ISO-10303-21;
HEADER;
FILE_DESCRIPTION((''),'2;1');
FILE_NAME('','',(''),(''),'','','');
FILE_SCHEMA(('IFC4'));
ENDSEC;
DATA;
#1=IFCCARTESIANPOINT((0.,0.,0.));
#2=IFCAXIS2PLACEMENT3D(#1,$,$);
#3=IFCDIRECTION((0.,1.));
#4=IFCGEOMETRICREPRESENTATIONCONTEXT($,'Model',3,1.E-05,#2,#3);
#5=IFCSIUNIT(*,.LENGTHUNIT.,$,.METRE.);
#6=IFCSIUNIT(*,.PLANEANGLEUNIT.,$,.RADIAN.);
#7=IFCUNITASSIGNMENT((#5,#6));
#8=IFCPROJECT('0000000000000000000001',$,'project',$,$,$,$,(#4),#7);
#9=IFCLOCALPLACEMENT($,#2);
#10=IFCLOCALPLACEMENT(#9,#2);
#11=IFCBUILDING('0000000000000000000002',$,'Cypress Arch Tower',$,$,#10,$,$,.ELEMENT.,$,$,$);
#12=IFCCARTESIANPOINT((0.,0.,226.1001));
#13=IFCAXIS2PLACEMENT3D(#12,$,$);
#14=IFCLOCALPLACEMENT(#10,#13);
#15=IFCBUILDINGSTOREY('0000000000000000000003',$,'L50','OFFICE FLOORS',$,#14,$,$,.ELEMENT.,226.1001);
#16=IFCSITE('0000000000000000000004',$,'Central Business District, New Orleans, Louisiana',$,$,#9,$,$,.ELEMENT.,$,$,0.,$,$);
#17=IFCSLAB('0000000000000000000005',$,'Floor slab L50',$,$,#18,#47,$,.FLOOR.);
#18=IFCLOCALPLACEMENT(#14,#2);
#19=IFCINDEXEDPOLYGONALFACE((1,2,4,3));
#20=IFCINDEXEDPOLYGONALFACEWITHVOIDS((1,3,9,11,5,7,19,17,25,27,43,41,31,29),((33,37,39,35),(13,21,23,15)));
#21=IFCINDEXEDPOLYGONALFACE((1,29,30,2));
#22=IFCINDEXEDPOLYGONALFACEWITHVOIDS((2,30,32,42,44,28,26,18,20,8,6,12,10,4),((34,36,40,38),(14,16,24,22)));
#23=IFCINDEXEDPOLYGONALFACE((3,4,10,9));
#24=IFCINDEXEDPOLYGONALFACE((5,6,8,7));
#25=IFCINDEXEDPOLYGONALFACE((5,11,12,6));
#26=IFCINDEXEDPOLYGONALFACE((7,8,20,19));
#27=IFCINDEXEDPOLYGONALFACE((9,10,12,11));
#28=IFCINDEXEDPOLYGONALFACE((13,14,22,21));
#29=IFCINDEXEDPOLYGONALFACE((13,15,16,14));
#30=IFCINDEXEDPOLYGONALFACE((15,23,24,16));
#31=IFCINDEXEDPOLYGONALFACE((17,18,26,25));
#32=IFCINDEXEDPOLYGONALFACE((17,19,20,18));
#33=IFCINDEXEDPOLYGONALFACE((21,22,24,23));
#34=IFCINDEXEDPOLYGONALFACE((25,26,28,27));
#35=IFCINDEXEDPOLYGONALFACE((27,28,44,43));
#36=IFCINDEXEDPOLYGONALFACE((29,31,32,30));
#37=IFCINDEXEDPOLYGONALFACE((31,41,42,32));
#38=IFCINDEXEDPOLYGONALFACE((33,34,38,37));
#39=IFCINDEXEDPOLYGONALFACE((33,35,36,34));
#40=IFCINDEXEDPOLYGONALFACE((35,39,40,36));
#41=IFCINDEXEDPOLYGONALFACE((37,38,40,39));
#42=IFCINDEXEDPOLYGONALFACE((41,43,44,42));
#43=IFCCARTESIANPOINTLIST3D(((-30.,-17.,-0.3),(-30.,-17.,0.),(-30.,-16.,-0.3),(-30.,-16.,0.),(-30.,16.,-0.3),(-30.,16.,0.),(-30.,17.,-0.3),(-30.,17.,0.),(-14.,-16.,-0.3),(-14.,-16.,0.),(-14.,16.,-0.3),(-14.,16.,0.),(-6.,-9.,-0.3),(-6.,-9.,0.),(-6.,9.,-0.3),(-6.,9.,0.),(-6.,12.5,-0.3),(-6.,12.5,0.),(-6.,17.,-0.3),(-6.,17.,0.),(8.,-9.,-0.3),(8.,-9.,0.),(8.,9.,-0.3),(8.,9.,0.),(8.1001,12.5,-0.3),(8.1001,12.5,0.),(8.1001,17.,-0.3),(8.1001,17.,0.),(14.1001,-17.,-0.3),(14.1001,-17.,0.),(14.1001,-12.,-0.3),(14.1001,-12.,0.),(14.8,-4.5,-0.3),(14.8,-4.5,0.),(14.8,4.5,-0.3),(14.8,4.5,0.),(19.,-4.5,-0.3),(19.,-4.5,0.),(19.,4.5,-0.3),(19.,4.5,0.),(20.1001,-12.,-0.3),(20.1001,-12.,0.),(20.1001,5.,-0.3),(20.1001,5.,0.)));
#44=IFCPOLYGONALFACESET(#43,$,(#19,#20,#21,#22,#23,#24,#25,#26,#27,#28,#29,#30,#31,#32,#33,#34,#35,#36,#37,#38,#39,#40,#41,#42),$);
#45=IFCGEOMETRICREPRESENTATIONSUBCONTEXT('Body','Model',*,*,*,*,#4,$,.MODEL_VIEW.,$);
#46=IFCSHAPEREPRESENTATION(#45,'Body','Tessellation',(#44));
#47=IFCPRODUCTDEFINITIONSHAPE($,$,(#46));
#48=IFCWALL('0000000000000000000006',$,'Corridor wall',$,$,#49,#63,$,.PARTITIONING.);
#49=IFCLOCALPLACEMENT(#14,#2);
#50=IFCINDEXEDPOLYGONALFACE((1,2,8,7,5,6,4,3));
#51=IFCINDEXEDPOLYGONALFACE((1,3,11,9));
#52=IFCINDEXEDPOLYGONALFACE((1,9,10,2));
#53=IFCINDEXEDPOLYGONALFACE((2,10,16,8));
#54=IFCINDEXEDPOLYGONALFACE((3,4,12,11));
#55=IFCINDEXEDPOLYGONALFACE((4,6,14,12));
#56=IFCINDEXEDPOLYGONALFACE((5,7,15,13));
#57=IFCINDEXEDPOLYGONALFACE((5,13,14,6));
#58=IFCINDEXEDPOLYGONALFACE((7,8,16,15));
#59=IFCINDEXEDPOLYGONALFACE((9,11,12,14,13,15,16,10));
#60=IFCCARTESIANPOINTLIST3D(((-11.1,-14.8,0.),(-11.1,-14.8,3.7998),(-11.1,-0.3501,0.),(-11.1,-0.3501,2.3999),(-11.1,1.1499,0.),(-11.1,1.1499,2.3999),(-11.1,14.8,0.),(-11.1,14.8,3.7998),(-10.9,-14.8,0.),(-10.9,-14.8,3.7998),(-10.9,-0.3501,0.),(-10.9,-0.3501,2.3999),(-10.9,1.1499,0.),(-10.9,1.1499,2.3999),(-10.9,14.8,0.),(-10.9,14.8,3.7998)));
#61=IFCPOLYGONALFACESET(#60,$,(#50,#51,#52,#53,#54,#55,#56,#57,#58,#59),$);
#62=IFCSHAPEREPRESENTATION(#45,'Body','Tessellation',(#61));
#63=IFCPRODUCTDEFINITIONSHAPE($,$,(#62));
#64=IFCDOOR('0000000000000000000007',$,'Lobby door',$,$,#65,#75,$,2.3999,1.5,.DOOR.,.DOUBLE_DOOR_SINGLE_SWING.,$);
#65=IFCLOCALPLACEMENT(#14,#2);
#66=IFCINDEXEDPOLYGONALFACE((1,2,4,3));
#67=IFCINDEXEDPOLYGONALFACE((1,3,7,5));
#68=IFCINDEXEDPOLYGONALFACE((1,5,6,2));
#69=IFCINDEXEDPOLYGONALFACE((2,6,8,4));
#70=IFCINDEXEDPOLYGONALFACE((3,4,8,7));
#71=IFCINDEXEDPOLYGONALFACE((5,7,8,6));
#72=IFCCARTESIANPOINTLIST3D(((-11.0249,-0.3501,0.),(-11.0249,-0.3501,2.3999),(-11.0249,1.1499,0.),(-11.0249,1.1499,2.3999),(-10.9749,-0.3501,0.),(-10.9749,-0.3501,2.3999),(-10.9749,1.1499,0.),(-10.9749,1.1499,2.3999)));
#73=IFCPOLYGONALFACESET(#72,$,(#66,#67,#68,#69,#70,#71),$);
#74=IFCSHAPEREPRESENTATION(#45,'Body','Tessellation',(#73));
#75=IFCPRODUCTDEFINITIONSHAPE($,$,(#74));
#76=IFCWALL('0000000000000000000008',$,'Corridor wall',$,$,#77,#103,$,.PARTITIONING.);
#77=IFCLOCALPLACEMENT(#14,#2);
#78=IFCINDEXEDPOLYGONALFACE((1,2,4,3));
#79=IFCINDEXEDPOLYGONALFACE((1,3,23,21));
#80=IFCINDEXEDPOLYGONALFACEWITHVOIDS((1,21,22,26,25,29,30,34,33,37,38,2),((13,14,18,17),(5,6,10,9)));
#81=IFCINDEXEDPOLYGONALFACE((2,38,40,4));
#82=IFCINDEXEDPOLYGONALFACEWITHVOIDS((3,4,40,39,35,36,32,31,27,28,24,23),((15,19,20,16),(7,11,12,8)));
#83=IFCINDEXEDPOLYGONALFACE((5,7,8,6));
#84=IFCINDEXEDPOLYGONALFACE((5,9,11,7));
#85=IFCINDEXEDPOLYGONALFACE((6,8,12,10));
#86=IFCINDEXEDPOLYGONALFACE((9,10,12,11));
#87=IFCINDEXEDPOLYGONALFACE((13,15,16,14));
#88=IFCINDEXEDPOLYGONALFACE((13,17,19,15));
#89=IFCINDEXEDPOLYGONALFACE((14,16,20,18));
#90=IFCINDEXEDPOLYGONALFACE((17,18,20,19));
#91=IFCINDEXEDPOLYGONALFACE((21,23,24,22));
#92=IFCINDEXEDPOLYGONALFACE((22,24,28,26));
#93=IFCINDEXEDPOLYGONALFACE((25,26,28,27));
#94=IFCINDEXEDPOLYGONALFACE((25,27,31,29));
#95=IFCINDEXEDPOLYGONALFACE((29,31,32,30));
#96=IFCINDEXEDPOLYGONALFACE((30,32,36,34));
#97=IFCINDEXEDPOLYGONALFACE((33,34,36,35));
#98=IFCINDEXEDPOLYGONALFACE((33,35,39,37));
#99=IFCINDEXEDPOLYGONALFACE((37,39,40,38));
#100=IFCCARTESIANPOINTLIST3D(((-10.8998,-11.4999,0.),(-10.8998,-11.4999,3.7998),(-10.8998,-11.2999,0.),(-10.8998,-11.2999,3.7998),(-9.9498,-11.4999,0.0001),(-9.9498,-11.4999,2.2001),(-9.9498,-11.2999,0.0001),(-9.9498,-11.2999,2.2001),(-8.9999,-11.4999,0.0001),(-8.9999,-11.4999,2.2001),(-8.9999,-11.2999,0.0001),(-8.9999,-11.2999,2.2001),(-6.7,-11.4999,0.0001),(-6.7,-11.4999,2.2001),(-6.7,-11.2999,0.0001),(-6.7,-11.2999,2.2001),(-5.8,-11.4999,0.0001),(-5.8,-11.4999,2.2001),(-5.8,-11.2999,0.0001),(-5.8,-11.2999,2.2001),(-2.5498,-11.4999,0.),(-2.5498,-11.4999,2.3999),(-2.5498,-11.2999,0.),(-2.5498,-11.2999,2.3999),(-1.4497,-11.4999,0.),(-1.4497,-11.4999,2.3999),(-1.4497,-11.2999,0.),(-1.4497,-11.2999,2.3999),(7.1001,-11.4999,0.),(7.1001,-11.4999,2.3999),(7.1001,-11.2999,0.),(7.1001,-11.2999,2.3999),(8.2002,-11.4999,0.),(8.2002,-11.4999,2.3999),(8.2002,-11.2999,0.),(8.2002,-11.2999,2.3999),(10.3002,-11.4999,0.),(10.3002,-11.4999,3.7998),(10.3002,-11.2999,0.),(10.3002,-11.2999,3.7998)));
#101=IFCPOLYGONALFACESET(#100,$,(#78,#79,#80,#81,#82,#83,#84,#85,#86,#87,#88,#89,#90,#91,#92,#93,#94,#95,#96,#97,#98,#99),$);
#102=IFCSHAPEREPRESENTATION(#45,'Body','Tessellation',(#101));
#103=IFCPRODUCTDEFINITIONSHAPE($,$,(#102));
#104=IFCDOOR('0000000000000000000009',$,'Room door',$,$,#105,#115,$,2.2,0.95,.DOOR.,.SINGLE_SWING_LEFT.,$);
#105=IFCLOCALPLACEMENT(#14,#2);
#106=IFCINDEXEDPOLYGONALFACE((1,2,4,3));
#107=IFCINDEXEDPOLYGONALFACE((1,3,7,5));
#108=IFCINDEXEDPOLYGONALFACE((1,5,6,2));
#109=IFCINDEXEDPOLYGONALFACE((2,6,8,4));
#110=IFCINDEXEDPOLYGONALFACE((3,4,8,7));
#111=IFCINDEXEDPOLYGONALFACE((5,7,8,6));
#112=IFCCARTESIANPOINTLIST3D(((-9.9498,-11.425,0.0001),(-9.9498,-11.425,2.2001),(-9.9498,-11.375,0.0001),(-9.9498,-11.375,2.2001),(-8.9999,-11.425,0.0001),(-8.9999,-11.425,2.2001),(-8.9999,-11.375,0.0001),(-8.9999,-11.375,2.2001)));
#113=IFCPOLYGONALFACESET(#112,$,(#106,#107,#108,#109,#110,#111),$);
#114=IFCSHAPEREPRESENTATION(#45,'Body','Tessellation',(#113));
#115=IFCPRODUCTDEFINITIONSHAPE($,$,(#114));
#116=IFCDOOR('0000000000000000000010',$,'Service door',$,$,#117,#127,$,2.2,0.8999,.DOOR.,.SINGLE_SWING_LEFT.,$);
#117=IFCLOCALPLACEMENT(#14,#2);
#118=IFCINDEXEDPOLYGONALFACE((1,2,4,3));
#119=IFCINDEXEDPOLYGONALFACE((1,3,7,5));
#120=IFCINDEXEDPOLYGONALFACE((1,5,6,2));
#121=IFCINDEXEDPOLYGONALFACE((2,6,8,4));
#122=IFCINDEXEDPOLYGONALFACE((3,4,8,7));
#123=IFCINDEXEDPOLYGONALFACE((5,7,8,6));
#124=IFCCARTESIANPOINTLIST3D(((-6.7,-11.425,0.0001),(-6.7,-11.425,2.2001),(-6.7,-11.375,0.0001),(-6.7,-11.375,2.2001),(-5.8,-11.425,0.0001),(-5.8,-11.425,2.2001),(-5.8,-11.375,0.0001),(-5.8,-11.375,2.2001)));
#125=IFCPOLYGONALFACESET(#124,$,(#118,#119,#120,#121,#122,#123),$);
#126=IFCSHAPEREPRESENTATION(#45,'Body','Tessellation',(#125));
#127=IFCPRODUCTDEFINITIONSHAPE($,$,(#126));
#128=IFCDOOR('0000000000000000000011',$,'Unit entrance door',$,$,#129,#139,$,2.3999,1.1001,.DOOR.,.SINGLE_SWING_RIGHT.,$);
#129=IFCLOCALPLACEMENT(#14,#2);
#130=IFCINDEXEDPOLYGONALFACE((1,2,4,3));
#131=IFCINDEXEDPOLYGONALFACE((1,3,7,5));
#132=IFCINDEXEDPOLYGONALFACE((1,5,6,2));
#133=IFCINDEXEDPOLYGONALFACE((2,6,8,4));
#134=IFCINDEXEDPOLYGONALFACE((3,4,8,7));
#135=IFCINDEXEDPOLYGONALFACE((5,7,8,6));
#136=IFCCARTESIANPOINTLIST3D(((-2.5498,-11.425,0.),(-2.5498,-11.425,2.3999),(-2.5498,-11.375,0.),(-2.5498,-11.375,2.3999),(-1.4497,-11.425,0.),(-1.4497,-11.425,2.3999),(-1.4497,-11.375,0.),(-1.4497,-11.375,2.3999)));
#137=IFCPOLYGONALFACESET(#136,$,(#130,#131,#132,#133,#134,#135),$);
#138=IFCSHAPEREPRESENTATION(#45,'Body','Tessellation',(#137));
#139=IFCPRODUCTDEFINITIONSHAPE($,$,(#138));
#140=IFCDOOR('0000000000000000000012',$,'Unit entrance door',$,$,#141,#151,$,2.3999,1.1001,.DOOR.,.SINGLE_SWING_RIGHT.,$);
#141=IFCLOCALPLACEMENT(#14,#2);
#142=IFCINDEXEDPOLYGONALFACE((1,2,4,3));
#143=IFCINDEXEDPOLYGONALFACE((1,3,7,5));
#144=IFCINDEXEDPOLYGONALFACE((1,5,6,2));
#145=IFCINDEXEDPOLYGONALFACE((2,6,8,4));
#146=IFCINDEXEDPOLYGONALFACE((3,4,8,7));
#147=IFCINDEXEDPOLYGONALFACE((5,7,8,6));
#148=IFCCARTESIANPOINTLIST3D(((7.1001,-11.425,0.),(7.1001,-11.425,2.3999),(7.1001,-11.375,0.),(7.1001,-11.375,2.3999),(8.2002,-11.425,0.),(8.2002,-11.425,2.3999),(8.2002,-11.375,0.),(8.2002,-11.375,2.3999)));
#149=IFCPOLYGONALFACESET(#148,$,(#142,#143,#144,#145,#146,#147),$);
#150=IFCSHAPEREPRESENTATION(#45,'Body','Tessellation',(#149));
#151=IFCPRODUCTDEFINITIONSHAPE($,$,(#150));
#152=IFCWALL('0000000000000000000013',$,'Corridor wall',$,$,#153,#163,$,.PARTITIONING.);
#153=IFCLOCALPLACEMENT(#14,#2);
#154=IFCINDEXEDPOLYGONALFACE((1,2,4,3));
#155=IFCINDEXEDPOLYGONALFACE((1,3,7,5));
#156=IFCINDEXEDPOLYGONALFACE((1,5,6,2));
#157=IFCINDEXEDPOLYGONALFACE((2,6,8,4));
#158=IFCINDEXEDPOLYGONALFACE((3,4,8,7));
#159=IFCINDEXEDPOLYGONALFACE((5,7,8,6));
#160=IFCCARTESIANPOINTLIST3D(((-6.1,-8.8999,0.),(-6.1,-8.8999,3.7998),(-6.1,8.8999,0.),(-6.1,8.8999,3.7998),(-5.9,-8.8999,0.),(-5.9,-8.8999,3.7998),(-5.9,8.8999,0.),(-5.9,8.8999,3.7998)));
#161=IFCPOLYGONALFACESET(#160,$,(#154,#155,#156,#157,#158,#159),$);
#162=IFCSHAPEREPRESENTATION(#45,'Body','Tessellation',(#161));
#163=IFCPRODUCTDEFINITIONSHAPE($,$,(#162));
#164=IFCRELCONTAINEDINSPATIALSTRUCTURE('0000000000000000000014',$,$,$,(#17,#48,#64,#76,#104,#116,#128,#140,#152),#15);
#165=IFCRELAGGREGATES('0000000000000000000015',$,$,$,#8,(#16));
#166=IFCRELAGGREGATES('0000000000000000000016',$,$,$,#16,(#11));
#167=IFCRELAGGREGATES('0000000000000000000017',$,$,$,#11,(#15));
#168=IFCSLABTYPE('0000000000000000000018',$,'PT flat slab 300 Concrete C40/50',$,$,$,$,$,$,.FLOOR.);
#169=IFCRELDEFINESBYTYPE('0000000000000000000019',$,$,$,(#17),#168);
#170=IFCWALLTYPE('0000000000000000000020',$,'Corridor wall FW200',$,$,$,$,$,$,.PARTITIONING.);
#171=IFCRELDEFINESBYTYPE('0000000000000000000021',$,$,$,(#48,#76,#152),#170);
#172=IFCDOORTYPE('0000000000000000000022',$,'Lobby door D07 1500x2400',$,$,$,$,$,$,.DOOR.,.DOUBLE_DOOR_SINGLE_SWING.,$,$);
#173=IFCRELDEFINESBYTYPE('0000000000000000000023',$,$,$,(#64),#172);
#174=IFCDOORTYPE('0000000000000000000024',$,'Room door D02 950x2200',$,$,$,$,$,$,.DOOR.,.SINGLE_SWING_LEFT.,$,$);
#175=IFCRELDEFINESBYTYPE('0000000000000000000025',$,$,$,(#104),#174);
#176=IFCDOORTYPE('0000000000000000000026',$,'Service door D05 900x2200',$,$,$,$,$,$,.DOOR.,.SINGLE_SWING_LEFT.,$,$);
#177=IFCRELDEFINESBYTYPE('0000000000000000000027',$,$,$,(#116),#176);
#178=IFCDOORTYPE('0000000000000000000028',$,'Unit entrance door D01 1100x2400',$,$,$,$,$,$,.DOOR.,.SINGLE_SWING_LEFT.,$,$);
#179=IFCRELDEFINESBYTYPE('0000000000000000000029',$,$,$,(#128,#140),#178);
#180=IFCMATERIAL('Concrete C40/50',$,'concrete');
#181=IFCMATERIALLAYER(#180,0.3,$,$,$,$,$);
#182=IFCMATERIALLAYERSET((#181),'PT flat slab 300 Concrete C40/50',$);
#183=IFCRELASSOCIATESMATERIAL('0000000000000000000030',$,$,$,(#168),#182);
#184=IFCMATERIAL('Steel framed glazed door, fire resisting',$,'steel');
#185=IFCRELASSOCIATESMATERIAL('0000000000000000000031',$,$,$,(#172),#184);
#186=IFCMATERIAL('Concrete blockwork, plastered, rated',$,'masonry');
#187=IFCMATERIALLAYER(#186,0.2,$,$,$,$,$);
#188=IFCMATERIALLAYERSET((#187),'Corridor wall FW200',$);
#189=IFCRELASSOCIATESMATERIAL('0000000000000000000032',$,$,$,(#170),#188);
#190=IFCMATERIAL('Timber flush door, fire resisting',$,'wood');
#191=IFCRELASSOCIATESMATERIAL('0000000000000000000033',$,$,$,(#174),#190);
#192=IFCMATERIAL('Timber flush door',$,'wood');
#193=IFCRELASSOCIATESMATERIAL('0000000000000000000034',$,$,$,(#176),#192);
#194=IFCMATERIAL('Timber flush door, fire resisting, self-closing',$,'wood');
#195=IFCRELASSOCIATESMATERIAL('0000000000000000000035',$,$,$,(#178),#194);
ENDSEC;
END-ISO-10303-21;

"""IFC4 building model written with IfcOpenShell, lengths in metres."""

from ifc_helpers import new_model, si_unit, direction, frame, frame_2d, origin, place, context, subcontext, project, spatial, polyline, rectangle, outline, extrude, material, layer, layer_set, type_object, element, fill, save


model = new_model("IFC4")

# Units and contexts
model_context = context("Model", 3, precision=1e-05, world=origin(), true_north=direction((0.0, 1.0)))
body_context = subcontext(model_context, "Body", "Model", "MODEL_VIEW")
ifc_project = project(units=[si_unit("LENGTHUNIT", "METRE"), si_unit("PLANEANGLEUNIT", "RADIAN")], contexts=[model_context])

# Site, building, storey
site_placement = place(None, origin())
site = spatial("IfcSite", under=ifc_project, at=site_placement, Name="Central Business District, New Orleans, Louisiana", CompositionType="ELEMENT", RefElevation=0.0)
building_placement = place(site_placement, origin())
building = spatial("IfcBuilding", under=site, at=building_placement, Name="Cypress Arch Tower", CompositionType="ELEMENT")
storey_placement = place(building_placement, frame((0.0, 0.0, 226.1001)))
storey = spatial("IfcBuildingStorey", under=building, at=storey_placement, Name="L50", Description="OFFICE FLOORS", CompositionType="ELEMENT", Elevation=226.1001)

# Slab
ifc_material_1 = material(Name="Concrete C40/50", Category="concrete")
ifc_layer_1 = layer(ifc_material_1, 0.3)
ifc_layer_set_1 = layer_set([ifc_layer_1], Name="PT flat slab 300 Concrete C40/50")
slab_type = type_object("IfcSlabType", Name="PT flat slab 300 Concrete C40/50", PredefinedType="FLOOR", material=ifc_layer_set_1)
slab_placement = place(storey_placement, frame((0.0, 0.0, -0.3)))
element("IfcSlab", 1, at=slab_placement, inside=storey, type_object=slab_type, Name="Floor slab L50", PredefinedType="FLOOR", context=body_context, shape_type="SweptSolid", body=[
    extrude(outline(polyline([(-30.0, 17.0), (-6.0, 17.0), (-6.0, 12.5), (8.1001, 12.5), (8.1001, 17.0), (20.1001, 5.0), (20.1001, -12.0), (14.1001, -12.0), (14.1001, -17.0), (-30.0, -17.0), (-30.0, -16.0), (-14.0, -16.0), (-14.0, 16.0), (-30.0, 16.0), (-30.0, 17.0)]), holes=[polyline([(-6.0, -9.0), (8.0, -9.0), (8.0, 9.0), (-6.0, 9.0), (-6.0, -9.0)]), polyline([(14.8, -4.5), (19.0, -4.5), (19.0, 4.5), (14.8, 4.5), (14.8, -4.5)])]), origin(), (0.0, 0.0, 1.0), 0.3),
])

# Shared definitions
ifc_material_2 = material(Name="Steel framed glazed door, fire resisting", Category="steel")
door_type_1 = type_object("IfcDoorType", Name="Lobby door D07 1500x2400", OperationType="DOUBLE_DOOR_SINGLE_SWING", PredefinedType="DOOR", material=ifc_material_2)

# Shared definitions
ifc_material_3 = material(Name="Concrete blockwork, plastered, rated", Category="masonry")
ifc_layer_2 = layer(ifc_material_3, 0.2)
ifc_layer_set_2 = layer_set([ifc_layer_2], Name="Corridor wall FW200")
wall_type_1 = type_object("IfcWallType", Name="Corridor wall FW200", PredefinedType="PARTITIONING", material=ifc_layer_set_2)

# Wall, opening, door
wall_1_placement = place(storey_placement, frame((-11.0, -14.8, 0.0), z_axis=(0.0, 0.0, 1.0), x_axis=(0.0, 1.0, 0.0)))
wall_1 = element("IfcWall", 2, at=wall_1_placement, inside=storey, type_object=wall_type_1, Name="Corridor wall", PredefinedType="PARTITIONING", context=body_context, shape_type="SweptSolid", body=[
    extrude(rectangle(XDim=29.6001, YDim=0.2, at=frame_2d((14.8, 0.0))), origin(), (0.0, 0.0, 1.0), 3.7998),
])
opening_1_placement = place(wall_1_placement, frame((14.45, 0.0, 0.0)))
opening_1 = element("IfcOpeningElement", 3, at=opening_1_placement, cuts=wall_1, PredefinedType="OPENING", context=body_context, shape_type="SweptSolid", body=[
    extrude(rectangle(XDim=1.5, YDim=2.3999, at=frame_2d((0.75, 1.2))), frame((0.0, 0.1099, 0.0), z_axis=(0.0, -1.0, 0.0), x_axis=(1.0, 0.0, 0.0)), (0.0, 0.0, 1.0), 0.22),
])
door_1_placement = place(opening_1_placement, origin())
door_1 = element("IfcDoor", 4, at=door_1_placement, inside=storey, type_object=door_type_1, Name="Lobby door", OperationType="DOUBLE_DOOR_SINGLE_SWING", OverallHeight=2.3999, OverallWidth=1.5, PredefinedType="DOOR", context=body_context, shape_type="SweptSolid", body=[
    extrude(rectangle(XDim=1.5, YDim=2.3999, at=frame_2d((0.75, 1.2))), frame((0.0, 0.0249, 0.0), z_axis=(0.0, -1.0, 0.0), x_axis=(1.0, 0.0, 0.0)), (0.0, 0.0, 1.0), 0.05),
])
fill(opening_1, door_1)

# Wall, openings, doors
wall_2_placement = place(storey_placement, frame((-10.8999, -11.3999, 0.0), z_axis=(0.0, 0.0, 1.0), x_axis=(1.0, 0.0, 0.0)))
wall_2 = element("IfcWall", 5, at=wall_2_placement, inside=storey, type_object=wall_type_1, Name="Corridor wall", PredefinedType="PARTITIONING", context=body_context, shape_type="SweptSolid", body=[
    extrude(rectangle(XDim=21.2, YDim=0.2, at=frame_2d((10.6001, 0.0))), origin(), (0.0, 0.0, 1.0), 3.7998),
])
opening_2_placement = place(wall_2_placement, frame((0.95, 0.0, 0.0)))
opening_2 = element("IfcOpeningElement", 6, at=opening_2_placement, cuts=wall_2, PredefinedType="OPENING", context=body_context, shape_type="SweptSolid", body=[
    extrude(rectangle(XDim=0.95, YDim=2.2, at=frame_2d((0.4751, 1.1001))), frame((0.0, 0.1099, 0.0), z_axis=(0.0, -1.0, 0.0), x_axis=(1.0, 0.0, 0.0)), (0.0, 0.0, 1.0), 0.22),
])
opening_3_placement = place(wall_2_placement, frame((4.2, 0.0, 0.0)))
opening_3 = element("IfcOpeningElement", 7, at=opening_3_placement, cuts=wall_2, PredefinedType="OPENING", context=body_context, shape_type="SweptSolid", body=[
    extrude(rectangle(XDim=0.8999, YDim=2.2, at=frame_2d((0.45, 1.1001))), frame((0.0, 0.1099, 0.0), z_axis=(0.0, -1.0, 0.0), x_axis=(1.0, 0.0, 0.0)), (0.0, 0.0, 1.0), 0.22),
])
opening_4_placement = place(wall_2_placement, frame((8.3501, 0.0, 0.0)))
opening_4 = element("IfcOpeningElement", 8, at=opening_4_placement, cuts=wall_2, PredefinedType="OPENING", context=body_context, shape_type="SweptSolid", body=[
    extrude(rectangle(XDim=1.1001, YDim=2.3999, at=frame_2d((0.55, 1.2))), frame((0.0, 0.1099, 0.0), z_axis=(0.0, -1.0, 0.0), x_axis=(1.0, 0.0, 0.0)), (0.0, 0.0, 1.0), 0.22),
])
opening_5_placement = place(wall_2_placement, frame((18.0, 0.0, 0.0)))
opening_5 = element("IfcOpeningElement", 9, at=opening_5_placement, cuts=wall_2, PredefinedType="OPENING", context=body_context, shape_type="SweptSolid", body=[
    extrude(rectangle(XDim=1.1001, YDim=2.3999, at=frame_2d((0.55, 1.2))), frame((0.0, 0.1099, 0.0), z_axis=(0.0, -1.0, 0.0), x_axis=(1.0, 0.0, 0.0)), (0.0, 0.0, 1.0), 0.22),
])
ifc_material_4 = material(Name="Timber flush door, fire resisting", Category="wood")
door_type_2 = type_object("IfcDoorType", Name="Room door D02 950x2200", OperationType="SINGLE_SWING_LEFT", PredefinedType="DOOR", material=ifc_material_4)
door_2_placement = place(opening_2_placement, origin())
door_2 = element("IfcDoor", 10, at=door_2_placement, inside=storey, type_object=door_type_2, Name="Room door", OperationType="SINGLE_SWING_LEFT", OverallHeight=2.2, OverallWidth=0.95, PredefinedType="DOOR", context=body_context, shape_type="SweptSolid", body=[
    extrude(rectangle(XDim=0.95, YDim=2.2, at=frame_2d((0.4751, 1.1001))), frame((0.0, 0.0249, 0.0), z_axis=(0.0, -1.0, 0.0), x_axis=(1.0, 0.0, 0.0)), (0.0, 0.0, 1.0), 0.05),
])
fill(opening_2, door_2)
ifc_material_5 = material(Name="Timber flush door", Category="wood")
door_type_3 = type_object("IfcDoorType", Name="Service door D05 900x2200", OperationType="SINGLE_SWING_LEFT", PredefinedType="DOOR", material=ifc_material_5)
door_3_placement = place(opening_3_placement, origin())
door_3 = element("IfcDoor", 11, at=door_3_placement, inside=storey, type_object=door_type_3, Name="Service door", OperationType="SINGLE_SWING_LEFT", OverallHeight=2.2, OverallWidth=0.8999, PredefinedType="DOOR", context=body_context, shape_type="SweptSolid", body=[
    extrude(rectangle(XDim=0.8999, YDim=2.2, at=frame_2d((0.45, 1.1001))), frame((0.0, 0.0249, 0.0), z_axis=(0.0, -1.0, 0.0), x_axis=(1.0, 0.0, 0.0)), (0.0, 0.0, 1.0), 0.05),
])
fill(opening_3, door_3)
ifc_material_6 = material(Name="Timber flush door, fire resisting, self-closing", Category="wood")
door_type_4 = type_object("IfcDoorType", Name="Unit entrance door D01 1100x2400", OperationType="SINGLE_SWING_LEFT", PredefinedType="DOOR", material=ifc_material_6)
door_4_placement = place(opening_4_placement, origin())
door_4 = element("IfcDoor", 12, at=door_4_placement, inside=storey, type_object=door_type_4, Name="Unit entrance door", OperationType="SINGLE_SWING_RIGHT", OverallHeight=2.3999, OverallWidth=1.1001, PredefinedType="DOOR", context=body_context, shape_type="SweptSolid", body=[
    extrude(rectangle(XDim=1.1001, YDim=2.3999, at=frame_2d((0.55, 1.2))), frame((0.0, 0.0249, 0.0), z_axis=(0.0, -1.0, 0.0), x_axis=(1.0, 0.0, 0.0)), (0.0, 0.0, 1.0), 0.05),
])
fill(opening_4, door_4)
door_5_placement = place(opening_5_placement, origin())
door_5 = element("IfcDoor", 13, at=door_5_placement, inside=storey, type_object=door_type_4, Name="Unit entrance door", OperationType="SINGLE_SWING_RIGHT", OverallHeight=2.3999, OverallWidth=1.1001, PredefinedType="DOOR", context=body_context, shape_type="SweptSolid", body=[
    extrude(rectangle(XDim=1.1001, YDim=2.3999, at=frame_2d((0.55, 1.2))), frame((0.0, 0.0249, 0.0), z_axis=(0.0, -1.0, 0.0), x_axis=(1.0, 0.0, 0.0)), (0.0, 0.0, 1.0), 0.05),
])
fill(opening_5, door_5)

# Wall
wall_3_placement = place(storey_placement, frame((-6.0, -8.8999, 0.0), z_axis=(0.0, 0.0, 1.0), x_axis=(0.0, 1.0, 0.0)))
element("IfcWall", 14, at=wall_3_placement, inside=storey, type_object=wall_type_1, Name="Corridor wall", PredefinedType="PARTITIONING", context=body_context, shape_type="SweptSolid", body=[
    extrude(rectangle(XDim=17.7998, YDim=0.2, at=frame_2d((8.8999, 0.0))), origin(), (0.0, 0.0, 1.0), 3.7998),
])

save(model, "model.ifc")
